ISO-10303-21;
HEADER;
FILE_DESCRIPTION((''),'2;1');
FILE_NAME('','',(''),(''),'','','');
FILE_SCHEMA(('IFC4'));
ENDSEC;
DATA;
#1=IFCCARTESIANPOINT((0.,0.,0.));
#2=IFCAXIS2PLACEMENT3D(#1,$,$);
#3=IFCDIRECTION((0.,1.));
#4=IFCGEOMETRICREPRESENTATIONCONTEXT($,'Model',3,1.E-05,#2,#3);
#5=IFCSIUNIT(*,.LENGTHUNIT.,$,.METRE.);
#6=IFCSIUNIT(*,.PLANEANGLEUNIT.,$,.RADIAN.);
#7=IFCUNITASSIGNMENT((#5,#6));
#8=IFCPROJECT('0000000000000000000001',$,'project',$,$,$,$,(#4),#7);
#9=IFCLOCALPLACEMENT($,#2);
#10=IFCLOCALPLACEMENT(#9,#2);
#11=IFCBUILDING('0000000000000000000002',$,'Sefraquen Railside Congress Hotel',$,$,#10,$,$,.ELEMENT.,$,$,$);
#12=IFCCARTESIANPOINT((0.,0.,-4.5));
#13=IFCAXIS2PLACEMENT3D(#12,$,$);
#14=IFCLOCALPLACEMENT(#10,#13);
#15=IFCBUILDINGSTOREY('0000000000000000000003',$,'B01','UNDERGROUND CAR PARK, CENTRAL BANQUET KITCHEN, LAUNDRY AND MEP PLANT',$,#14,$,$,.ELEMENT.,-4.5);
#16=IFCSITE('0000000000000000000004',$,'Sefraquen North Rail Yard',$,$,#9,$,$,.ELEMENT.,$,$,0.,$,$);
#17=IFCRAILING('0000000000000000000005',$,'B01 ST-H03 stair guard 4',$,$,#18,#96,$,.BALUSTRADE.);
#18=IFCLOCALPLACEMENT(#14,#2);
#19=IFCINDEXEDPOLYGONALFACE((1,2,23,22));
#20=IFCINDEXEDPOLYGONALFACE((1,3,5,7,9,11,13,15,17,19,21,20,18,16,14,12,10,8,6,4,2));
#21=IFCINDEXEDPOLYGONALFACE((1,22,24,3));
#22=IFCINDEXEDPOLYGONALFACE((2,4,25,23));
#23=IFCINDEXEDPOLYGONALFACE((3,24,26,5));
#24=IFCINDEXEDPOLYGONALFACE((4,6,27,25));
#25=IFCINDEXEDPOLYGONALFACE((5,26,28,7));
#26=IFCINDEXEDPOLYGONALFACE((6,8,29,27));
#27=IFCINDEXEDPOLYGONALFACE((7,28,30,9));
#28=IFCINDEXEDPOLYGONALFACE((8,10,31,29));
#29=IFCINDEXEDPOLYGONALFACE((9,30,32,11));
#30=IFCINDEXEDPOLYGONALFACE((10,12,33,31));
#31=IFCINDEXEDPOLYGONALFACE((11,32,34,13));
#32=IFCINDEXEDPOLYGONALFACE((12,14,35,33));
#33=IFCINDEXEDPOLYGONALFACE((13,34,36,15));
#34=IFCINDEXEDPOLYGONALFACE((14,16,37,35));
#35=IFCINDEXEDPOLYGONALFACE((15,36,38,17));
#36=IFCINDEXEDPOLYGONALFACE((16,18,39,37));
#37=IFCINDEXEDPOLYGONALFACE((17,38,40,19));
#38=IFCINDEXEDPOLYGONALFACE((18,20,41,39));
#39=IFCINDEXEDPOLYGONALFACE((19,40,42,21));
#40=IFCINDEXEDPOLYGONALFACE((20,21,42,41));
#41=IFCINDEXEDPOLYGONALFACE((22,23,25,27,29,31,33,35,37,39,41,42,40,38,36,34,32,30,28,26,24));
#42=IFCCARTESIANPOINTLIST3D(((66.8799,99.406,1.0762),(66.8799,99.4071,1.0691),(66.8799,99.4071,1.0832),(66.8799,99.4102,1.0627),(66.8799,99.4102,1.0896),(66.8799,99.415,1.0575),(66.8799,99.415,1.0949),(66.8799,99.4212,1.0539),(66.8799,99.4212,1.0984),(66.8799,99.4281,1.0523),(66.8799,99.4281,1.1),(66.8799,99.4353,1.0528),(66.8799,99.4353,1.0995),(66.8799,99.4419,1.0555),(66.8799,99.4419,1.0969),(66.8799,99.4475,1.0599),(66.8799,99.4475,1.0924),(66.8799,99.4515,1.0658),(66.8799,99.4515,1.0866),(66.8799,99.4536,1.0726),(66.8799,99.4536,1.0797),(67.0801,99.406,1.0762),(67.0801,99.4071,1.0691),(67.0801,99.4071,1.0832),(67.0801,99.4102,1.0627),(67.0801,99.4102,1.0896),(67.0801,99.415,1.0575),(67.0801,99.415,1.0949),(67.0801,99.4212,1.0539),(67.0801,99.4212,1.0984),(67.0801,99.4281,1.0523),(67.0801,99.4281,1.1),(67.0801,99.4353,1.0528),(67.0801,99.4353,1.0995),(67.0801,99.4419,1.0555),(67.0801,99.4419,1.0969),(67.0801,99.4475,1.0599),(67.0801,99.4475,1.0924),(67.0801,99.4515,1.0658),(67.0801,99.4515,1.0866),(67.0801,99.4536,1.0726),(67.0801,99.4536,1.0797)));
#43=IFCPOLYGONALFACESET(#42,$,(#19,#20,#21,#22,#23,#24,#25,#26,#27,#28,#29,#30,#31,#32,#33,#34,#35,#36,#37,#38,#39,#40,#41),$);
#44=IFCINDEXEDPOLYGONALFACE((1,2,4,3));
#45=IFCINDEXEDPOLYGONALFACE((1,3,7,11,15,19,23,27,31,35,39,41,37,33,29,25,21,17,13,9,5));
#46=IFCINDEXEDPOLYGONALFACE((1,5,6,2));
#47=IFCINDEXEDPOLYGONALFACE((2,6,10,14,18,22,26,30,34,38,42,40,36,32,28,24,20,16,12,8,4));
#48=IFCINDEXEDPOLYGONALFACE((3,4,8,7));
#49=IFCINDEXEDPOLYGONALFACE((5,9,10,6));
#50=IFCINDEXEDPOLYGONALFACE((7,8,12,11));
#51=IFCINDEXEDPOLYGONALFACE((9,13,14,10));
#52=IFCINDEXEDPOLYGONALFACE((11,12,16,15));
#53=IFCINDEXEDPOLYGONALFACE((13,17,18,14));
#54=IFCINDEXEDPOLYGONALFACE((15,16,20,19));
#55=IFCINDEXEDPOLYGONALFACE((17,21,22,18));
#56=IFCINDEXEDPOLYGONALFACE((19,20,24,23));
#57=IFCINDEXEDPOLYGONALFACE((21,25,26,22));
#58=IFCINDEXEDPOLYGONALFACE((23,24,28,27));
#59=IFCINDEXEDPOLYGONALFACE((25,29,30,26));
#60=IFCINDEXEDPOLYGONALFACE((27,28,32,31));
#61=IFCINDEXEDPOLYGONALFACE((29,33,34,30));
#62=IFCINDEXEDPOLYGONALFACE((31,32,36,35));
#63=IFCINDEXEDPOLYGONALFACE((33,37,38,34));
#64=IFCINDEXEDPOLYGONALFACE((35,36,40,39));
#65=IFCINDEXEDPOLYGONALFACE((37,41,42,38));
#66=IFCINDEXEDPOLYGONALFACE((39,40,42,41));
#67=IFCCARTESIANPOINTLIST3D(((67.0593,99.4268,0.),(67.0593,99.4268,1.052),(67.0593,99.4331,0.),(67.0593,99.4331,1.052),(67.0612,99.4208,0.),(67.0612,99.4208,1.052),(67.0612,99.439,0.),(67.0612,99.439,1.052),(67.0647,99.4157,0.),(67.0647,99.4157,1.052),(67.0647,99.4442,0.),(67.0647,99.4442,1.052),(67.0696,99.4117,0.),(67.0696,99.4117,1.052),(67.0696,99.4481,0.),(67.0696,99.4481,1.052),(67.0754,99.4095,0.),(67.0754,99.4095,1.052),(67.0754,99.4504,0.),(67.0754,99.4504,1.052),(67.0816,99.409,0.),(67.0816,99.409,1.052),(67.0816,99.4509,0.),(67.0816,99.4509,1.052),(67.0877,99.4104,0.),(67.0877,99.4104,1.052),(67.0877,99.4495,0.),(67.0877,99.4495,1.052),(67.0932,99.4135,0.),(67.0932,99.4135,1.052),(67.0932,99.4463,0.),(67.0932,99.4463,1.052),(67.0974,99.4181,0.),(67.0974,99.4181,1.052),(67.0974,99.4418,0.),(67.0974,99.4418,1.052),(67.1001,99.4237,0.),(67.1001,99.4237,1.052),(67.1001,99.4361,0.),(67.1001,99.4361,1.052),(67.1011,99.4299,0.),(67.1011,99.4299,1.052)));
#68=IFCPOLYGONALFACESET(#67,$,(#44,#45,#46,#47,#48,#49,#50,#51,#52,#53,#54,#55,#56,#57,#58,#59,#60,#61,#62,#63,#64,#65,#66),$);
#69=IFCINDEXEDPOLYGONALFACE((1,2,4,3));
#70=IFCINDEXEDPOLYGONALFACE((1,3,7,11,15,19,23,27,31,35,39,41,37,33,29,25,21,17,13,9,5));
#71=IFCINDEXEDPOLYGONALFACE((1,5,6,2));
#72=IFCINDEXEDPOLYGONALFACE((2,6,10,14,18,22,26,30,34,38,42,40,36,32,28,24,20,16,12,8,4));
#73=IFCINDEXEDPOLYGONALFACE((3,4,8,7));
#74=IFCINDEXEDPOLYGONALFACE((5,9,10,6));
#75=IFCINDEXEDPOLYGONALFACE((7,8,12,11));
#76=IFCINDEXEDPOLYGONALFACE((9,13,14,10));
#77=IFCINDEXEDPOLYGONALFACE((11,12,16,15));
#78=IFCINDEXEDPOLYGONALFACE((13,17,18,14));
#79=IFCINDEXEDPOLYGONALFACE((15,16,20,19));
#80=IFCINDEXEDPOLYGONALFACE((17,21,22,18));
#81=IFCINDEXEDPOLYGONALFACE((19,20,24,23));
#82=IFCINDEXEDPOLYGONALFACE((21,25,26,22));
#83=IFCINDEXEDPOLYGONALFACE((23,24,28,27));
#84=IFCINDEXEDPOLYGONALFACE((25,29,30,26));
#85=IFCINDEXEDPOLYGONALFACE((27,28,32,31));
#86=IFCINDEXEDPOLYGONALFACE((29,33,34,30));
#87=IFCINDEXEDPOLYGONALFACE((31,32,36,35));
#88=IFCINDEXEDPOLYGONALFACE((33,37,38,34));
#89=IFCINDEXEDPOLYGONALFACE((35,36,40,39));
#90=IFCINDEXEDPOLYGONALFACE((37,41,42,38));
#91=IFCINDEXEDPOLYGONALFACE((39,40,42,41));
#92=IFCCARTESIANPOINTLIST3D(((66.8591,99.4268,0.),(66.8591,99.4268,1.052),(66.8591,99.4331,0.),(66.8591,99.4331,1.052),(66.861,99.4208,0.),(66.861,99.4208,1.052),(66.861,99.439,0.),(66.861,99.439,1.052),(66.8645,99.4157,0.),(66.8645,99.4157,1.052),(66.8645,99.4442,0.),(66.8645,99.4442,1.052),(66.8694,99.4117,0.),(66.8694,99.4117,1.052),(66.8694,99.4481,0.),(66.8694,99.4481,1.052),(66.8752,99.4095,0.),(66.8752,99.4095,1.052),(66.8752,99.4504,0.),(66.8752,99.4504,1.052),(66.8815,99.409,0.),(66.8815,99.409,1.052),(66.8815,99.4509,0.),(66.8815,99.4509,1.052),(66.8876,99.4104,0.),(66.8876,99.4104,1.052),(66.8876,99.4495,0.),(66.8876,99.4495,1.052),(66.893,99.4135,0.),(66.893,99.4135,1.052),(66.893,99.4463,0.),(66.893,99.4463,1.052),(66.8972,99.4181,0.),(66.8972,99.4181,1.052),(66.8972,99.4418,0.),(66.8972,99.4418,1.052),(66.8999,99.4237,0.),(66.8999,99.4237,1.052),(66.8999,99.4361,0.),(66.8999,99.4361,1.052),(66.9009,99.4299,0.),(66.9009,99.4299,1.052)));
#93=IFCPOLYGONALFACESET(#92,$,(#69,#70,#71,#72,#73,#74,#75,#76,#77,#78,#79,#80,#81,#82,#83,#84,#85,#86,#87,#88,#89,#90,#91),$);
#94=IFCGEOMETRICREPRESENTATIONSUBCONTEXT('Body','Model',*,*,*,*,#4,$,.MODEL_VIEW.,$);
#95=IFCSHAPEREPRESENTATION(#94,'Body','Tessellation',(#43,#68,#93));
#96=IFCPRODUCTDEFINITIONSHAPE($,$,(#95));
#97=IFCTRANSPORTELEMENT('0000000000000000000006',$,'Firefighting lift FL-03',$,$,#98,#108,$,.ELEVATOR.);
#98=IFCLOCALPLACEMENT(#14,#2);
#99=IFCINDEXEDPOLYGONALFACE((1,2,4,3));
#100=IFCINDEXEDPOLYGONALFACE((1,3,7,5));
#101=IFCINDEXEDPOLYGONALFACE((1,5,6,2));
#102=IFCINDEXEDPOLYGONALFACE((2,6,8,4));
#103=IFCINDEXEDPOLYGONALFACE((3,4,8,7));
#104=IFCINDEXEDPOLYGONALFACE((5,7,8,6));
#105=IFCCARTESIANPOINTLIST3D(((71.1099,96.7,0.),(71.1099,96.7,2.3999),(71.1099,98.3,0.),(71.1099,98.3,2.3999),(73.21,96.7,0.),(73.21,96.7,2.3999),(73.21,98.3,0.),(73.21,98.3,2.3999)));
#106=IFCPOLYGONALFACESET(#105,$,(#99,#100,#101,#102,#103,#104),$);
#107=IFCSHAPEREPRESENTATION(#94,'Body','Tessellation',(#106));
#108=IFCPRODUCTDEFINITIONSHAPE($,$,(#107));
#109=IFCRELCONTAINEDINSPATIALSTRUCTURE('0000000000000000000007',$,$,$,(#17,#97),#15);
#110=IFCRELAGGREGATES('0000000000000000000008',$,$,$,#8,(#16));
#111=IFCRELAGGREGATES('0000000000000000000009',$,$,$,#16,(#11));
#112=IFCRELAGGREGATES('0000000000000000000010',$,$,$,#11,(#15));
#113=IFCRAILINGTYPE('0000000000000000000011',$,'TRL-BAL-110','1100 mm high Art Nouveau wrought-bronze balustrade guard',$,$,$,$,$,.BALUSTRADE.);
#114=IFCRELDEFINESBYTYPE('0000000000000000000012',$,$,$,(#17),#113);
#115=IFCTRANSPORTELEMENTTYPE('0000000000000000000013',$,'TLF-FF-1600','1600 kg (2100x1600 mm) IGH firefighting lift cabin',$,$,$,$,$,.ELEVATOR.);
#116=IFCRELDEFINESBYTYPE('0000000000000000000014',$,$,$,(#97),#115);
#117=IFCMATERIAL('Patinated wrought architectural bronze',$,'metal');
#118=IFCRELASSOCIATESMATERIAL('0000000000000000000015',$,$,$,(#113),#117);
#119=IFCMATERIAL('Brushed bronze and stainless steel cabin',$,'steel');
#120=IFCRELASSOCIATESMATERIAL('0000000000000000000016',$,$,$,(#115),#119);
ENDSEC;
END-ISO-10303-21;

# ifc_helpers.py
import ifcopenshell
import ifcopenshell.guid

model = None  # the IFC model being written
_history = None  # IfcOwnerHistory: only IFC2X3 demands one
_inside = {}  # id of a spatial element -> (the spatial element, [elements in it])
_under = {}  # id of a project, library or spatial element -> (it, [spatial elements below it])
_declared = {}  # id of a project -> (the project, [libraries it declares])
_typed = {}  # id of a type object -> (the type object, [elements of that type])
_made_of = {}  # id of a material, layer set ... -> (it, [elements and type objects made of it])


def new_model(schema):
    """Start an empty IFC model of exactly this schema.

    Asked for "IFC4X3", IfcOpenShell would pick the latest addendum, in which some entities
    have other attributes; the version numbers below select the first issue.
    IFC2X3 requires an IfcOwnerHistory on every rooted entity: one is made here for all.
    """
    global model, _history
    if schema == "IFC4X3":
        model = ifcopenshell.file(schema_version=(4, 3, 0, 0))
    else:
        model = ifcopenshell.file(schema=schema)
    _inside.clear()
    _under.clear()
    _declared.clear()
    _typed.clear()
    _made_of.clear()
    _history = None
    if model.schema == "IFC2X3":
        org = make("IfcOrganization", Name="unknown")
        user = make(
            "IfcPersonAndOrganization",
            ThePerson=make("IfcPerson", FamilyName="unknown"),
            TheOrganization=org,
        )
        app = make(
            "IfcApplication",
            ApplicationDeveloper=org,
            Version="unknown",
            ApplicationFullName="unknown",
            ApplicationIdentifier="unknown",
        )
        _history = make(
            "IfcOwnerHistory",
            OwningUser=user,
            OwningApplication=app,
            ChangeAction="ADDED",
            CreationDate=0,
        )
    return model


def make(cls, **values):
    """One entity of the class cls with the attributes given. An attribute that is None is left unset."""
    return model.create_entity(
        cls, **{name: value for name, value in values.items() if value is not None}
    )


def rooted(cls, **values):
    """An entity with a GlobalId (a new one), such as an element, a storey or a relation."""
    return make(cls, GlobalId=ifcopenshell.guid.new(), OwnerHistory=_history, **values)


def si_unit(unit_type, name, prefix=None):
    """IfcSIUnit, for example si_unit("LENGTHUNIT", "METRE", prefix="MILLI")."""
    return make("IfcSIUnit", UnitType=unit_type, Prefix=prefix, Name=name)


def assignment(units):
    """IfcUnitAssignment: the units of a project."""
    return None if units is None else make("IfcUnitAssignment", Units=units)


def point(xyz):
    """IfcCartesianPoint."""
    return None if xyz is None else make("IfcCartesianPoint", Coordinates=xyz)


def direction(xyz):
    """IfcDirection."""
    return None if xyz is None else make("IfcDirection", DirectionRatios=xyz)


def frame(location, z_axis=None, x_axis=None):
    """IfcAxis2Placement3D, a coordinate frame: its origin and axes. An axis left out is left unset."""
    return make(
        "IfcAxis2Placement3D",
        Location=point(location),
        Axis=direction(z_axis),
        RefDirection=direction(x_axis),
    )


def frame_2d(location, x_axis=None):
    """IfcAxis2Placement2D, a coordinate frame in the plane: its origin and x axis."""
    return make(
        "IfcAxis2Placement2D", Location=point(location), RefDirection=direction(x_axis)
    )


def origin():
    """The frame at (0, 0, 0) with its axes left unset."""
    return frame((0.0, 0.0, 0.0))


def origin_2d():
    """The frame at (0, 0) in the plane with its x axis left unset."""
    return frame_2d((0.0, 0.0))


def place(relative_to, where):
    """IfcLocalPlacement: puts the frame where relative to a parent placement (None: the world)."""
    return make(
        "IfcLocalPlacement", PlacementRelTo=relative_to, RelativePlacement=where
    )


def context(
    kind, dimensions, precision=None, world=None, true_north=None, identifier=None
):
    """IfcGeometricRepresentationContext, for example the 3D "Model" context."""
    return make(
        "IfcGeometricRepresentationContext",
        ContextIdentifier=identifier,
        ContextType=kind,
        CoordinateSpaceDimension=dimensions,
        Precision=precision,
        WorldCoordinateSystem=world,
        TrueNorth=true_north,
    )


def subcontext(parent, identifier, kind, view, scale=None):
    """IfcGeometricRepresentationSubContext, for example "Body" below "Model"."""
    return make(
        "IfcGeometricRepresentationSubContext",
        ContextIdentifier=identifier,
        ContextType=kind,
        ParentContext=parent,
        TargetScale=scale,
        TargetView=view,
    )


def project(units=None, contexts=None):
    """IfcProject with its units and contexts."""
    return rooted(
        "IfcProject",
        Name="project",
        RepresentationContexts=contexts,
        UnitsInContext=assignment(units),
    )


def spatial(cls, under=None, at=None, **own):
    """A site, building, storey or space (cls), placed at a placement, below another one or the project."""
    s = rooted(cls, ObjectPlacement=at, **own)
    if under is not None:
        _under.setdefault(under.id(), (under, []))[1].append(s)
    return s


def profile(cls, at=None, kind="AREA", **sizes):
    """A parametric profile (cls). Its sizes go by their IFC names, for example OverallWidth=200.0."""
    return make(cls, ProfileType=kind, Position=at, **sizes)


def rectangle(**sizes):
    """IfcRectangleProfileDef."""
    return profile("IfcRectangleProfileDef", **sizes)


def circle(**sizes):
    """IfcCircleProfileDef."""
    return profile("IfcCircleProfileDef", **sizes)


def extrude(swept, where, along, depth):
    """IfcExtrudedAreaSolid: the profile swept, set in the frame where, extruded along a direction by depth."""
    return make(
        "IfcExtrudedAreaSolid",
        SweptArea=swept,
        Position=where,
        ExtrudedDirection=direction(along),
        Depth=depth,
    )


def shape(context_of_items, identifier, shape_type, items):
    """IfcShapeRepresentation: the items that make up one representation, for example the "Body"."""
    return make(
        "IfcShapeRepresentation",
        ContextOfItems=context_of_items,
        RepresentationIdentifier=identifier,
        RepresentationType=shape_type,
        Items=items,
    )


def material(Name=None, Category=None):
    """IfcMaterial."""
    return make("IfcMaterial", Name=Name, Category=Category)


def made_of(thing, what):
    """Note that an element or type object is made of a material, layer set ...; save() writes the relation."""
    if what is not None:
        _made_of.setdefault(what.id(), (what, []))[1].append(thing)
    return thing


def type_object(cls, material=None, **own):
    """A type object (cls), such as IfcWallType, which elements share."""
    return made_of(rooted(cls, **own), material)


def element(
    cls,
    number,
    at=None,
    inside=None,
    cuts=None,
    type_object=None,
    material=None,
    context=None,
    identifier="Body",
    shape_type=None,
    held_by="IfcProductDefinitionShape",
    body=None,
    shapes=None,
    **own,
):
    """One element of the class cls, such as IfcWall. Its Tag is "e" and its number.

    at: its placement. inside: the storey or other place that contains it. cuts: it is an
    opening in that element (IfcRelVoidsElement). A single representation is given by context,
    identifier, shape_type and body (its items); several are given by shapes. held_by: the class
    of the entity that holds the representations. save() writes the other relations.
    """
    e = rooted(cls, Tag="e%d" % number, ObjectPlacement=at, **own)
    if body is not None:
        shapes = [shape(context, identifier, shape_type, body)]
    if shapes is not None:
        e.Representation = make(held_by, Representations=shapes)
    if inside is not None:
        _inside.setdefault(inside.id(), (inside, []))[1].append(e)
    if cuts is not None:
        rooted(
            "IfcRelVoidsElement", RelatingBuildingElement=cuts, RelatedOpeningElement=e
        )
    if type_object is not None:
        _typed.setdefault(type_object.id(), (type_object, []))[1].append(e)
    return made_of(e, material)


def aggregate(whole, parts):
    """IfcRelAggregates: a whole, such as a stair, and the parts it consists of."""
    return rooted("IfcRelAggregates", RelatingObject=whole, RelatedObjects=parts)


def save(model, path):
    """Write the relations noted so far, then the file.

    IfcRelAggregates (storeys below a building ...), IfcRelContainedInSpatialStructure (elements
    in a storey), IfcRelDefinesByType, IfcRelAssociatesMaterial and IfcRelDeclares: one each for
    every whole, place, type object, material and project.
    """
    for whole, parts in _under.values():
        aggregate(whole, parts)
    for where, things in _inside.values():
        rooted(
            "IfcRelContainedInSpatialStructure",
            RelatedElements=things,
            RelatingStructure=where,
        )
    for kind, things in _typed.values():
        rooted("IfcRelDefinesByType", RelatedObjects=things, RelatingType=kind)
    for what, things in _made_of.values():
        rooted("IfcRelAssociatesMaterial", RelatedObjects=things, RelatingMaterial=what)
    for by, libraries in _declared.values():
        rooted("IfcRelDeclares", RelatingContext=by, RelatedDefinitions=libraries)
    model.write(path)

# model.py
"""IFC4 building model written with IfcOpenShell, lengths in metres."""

from ifc_helpers import new_model, si_unit, direction, frame, origin, origin_2d, place, context, subcontext, project, spatial, rectangle, circle, extrude, material, type_object, element, save


model = new_model("IFC4")

# Units and contexts
model_context = context("Model", 3, precision=1e-05, world=origin(), true_north=direction((0.0, 1.0)))
body_context = subcontext(model_context, "Body", "Model", "MODEL_VIEW")
ifc_project = project(units=[si_unit("LENGTHUNIT", "METRE"), si_unit("PLANEANGLEUNIT", "RADIAN")], contexts=[model_context])

# Site, building, storey
site_placement = place(None, origin())
site = spatial("IfcSite", under=ifc_project, at=site_placement, Name="Sefraquen North Rail Yard", CompositionType="ELEMENT", RefElevation=0.0)
building_placement = place(site_placement, origin())
building = spatial("IfcBuilding", under=site, at=building_placement, Name="Sefraquen Railside Congress Hotel", CompositionType="ELEMENT")
storey_placement = place(building_placement, frame((0.0, 0.0, -4.5)))
storey = spatial("IfcBuildingStorey", under=building, at=storey_placement, Name="B01", Description="UNDERGROUND CAR PARK, CENTRAL BANQUET KITCHEN, LAUNDRY AND MEP PLANT", CompositionType="ELEMENT", Elevation=-4.5)

# Railing
ifc_material_1 = material(Name="Patinated wrought architectural bronze", Category="metal")
railing_type = type_object("IfcRailingType", Name="TRL-BAL-110", Description="1100 mm high Art Nouveau wrought-bronze balustrade guard", PredefinedType="BALUSTRADE", material=ifc_material_1)
railing_1_placement = place(storey_placement, frame((67.0801, 99.4299, 0.0)))
element("IfcRailing", 1, at=railing_1_placement, inside=storey, type_object=railing_type, Name="B01 ST-H03 stair guard 4", PredefinedType="BALUSTRADE", context=body_context, shape_type="SweptSolid", body=[
    extrude(circle(Radius=0.0239, at=origin_2d()), frame((0.0, 0.0, 1.0762), z_axis=(-1.0, 0.0, 0.0), x_axis=(0.0, -1.0, 0.0)), (0.0, 0.0, 1.0), 0.2002),
    extrude(circle(Radius=0.021, at=origin_2d()), origin(), (0.0, 0.0, 1.0), 1.052),
    extrude(circle(Radius=0.021, at=origin_2d()), frame((-0.2002, 0.0, 0.0)), (0.0, 0.0, 1.0), 1.052),
])

# Transport element
ifc_material_2 = material(Name="Brushed bronze and stainless steel cabin", Category="steel")
transport_element_type = type_object("IfcTransportElementType", Name="TLF-FF-1600", Description="1600 kg (2100x1600 mm) IGH firefighting lift cabin", PredefinedType="ELEVATOR", material=ifc_material_2)
transport_element_placement = place(storey_placement, frame((72.1599, 97.5, 0.0), z_axis=(0.0, 0.0, 1.0), x_axis=(1.0, 0.0, 0.0)))
element("IfcTransportElement", 2, at=transport_element_placement, inside=storey, type_object=transport_element_type, Name="Firefighting lift FL-03", PredefinedType="ELEVATOR", context=body_context, shape_type="SweptSolid", body=[
    extrude(rectangle(XDim=2.1001, YDim=1.6001, at=origin_2d()), origin(), (0.0, 0.0, 1.0), 2.3999),
])

save(model, "model.ifc")
